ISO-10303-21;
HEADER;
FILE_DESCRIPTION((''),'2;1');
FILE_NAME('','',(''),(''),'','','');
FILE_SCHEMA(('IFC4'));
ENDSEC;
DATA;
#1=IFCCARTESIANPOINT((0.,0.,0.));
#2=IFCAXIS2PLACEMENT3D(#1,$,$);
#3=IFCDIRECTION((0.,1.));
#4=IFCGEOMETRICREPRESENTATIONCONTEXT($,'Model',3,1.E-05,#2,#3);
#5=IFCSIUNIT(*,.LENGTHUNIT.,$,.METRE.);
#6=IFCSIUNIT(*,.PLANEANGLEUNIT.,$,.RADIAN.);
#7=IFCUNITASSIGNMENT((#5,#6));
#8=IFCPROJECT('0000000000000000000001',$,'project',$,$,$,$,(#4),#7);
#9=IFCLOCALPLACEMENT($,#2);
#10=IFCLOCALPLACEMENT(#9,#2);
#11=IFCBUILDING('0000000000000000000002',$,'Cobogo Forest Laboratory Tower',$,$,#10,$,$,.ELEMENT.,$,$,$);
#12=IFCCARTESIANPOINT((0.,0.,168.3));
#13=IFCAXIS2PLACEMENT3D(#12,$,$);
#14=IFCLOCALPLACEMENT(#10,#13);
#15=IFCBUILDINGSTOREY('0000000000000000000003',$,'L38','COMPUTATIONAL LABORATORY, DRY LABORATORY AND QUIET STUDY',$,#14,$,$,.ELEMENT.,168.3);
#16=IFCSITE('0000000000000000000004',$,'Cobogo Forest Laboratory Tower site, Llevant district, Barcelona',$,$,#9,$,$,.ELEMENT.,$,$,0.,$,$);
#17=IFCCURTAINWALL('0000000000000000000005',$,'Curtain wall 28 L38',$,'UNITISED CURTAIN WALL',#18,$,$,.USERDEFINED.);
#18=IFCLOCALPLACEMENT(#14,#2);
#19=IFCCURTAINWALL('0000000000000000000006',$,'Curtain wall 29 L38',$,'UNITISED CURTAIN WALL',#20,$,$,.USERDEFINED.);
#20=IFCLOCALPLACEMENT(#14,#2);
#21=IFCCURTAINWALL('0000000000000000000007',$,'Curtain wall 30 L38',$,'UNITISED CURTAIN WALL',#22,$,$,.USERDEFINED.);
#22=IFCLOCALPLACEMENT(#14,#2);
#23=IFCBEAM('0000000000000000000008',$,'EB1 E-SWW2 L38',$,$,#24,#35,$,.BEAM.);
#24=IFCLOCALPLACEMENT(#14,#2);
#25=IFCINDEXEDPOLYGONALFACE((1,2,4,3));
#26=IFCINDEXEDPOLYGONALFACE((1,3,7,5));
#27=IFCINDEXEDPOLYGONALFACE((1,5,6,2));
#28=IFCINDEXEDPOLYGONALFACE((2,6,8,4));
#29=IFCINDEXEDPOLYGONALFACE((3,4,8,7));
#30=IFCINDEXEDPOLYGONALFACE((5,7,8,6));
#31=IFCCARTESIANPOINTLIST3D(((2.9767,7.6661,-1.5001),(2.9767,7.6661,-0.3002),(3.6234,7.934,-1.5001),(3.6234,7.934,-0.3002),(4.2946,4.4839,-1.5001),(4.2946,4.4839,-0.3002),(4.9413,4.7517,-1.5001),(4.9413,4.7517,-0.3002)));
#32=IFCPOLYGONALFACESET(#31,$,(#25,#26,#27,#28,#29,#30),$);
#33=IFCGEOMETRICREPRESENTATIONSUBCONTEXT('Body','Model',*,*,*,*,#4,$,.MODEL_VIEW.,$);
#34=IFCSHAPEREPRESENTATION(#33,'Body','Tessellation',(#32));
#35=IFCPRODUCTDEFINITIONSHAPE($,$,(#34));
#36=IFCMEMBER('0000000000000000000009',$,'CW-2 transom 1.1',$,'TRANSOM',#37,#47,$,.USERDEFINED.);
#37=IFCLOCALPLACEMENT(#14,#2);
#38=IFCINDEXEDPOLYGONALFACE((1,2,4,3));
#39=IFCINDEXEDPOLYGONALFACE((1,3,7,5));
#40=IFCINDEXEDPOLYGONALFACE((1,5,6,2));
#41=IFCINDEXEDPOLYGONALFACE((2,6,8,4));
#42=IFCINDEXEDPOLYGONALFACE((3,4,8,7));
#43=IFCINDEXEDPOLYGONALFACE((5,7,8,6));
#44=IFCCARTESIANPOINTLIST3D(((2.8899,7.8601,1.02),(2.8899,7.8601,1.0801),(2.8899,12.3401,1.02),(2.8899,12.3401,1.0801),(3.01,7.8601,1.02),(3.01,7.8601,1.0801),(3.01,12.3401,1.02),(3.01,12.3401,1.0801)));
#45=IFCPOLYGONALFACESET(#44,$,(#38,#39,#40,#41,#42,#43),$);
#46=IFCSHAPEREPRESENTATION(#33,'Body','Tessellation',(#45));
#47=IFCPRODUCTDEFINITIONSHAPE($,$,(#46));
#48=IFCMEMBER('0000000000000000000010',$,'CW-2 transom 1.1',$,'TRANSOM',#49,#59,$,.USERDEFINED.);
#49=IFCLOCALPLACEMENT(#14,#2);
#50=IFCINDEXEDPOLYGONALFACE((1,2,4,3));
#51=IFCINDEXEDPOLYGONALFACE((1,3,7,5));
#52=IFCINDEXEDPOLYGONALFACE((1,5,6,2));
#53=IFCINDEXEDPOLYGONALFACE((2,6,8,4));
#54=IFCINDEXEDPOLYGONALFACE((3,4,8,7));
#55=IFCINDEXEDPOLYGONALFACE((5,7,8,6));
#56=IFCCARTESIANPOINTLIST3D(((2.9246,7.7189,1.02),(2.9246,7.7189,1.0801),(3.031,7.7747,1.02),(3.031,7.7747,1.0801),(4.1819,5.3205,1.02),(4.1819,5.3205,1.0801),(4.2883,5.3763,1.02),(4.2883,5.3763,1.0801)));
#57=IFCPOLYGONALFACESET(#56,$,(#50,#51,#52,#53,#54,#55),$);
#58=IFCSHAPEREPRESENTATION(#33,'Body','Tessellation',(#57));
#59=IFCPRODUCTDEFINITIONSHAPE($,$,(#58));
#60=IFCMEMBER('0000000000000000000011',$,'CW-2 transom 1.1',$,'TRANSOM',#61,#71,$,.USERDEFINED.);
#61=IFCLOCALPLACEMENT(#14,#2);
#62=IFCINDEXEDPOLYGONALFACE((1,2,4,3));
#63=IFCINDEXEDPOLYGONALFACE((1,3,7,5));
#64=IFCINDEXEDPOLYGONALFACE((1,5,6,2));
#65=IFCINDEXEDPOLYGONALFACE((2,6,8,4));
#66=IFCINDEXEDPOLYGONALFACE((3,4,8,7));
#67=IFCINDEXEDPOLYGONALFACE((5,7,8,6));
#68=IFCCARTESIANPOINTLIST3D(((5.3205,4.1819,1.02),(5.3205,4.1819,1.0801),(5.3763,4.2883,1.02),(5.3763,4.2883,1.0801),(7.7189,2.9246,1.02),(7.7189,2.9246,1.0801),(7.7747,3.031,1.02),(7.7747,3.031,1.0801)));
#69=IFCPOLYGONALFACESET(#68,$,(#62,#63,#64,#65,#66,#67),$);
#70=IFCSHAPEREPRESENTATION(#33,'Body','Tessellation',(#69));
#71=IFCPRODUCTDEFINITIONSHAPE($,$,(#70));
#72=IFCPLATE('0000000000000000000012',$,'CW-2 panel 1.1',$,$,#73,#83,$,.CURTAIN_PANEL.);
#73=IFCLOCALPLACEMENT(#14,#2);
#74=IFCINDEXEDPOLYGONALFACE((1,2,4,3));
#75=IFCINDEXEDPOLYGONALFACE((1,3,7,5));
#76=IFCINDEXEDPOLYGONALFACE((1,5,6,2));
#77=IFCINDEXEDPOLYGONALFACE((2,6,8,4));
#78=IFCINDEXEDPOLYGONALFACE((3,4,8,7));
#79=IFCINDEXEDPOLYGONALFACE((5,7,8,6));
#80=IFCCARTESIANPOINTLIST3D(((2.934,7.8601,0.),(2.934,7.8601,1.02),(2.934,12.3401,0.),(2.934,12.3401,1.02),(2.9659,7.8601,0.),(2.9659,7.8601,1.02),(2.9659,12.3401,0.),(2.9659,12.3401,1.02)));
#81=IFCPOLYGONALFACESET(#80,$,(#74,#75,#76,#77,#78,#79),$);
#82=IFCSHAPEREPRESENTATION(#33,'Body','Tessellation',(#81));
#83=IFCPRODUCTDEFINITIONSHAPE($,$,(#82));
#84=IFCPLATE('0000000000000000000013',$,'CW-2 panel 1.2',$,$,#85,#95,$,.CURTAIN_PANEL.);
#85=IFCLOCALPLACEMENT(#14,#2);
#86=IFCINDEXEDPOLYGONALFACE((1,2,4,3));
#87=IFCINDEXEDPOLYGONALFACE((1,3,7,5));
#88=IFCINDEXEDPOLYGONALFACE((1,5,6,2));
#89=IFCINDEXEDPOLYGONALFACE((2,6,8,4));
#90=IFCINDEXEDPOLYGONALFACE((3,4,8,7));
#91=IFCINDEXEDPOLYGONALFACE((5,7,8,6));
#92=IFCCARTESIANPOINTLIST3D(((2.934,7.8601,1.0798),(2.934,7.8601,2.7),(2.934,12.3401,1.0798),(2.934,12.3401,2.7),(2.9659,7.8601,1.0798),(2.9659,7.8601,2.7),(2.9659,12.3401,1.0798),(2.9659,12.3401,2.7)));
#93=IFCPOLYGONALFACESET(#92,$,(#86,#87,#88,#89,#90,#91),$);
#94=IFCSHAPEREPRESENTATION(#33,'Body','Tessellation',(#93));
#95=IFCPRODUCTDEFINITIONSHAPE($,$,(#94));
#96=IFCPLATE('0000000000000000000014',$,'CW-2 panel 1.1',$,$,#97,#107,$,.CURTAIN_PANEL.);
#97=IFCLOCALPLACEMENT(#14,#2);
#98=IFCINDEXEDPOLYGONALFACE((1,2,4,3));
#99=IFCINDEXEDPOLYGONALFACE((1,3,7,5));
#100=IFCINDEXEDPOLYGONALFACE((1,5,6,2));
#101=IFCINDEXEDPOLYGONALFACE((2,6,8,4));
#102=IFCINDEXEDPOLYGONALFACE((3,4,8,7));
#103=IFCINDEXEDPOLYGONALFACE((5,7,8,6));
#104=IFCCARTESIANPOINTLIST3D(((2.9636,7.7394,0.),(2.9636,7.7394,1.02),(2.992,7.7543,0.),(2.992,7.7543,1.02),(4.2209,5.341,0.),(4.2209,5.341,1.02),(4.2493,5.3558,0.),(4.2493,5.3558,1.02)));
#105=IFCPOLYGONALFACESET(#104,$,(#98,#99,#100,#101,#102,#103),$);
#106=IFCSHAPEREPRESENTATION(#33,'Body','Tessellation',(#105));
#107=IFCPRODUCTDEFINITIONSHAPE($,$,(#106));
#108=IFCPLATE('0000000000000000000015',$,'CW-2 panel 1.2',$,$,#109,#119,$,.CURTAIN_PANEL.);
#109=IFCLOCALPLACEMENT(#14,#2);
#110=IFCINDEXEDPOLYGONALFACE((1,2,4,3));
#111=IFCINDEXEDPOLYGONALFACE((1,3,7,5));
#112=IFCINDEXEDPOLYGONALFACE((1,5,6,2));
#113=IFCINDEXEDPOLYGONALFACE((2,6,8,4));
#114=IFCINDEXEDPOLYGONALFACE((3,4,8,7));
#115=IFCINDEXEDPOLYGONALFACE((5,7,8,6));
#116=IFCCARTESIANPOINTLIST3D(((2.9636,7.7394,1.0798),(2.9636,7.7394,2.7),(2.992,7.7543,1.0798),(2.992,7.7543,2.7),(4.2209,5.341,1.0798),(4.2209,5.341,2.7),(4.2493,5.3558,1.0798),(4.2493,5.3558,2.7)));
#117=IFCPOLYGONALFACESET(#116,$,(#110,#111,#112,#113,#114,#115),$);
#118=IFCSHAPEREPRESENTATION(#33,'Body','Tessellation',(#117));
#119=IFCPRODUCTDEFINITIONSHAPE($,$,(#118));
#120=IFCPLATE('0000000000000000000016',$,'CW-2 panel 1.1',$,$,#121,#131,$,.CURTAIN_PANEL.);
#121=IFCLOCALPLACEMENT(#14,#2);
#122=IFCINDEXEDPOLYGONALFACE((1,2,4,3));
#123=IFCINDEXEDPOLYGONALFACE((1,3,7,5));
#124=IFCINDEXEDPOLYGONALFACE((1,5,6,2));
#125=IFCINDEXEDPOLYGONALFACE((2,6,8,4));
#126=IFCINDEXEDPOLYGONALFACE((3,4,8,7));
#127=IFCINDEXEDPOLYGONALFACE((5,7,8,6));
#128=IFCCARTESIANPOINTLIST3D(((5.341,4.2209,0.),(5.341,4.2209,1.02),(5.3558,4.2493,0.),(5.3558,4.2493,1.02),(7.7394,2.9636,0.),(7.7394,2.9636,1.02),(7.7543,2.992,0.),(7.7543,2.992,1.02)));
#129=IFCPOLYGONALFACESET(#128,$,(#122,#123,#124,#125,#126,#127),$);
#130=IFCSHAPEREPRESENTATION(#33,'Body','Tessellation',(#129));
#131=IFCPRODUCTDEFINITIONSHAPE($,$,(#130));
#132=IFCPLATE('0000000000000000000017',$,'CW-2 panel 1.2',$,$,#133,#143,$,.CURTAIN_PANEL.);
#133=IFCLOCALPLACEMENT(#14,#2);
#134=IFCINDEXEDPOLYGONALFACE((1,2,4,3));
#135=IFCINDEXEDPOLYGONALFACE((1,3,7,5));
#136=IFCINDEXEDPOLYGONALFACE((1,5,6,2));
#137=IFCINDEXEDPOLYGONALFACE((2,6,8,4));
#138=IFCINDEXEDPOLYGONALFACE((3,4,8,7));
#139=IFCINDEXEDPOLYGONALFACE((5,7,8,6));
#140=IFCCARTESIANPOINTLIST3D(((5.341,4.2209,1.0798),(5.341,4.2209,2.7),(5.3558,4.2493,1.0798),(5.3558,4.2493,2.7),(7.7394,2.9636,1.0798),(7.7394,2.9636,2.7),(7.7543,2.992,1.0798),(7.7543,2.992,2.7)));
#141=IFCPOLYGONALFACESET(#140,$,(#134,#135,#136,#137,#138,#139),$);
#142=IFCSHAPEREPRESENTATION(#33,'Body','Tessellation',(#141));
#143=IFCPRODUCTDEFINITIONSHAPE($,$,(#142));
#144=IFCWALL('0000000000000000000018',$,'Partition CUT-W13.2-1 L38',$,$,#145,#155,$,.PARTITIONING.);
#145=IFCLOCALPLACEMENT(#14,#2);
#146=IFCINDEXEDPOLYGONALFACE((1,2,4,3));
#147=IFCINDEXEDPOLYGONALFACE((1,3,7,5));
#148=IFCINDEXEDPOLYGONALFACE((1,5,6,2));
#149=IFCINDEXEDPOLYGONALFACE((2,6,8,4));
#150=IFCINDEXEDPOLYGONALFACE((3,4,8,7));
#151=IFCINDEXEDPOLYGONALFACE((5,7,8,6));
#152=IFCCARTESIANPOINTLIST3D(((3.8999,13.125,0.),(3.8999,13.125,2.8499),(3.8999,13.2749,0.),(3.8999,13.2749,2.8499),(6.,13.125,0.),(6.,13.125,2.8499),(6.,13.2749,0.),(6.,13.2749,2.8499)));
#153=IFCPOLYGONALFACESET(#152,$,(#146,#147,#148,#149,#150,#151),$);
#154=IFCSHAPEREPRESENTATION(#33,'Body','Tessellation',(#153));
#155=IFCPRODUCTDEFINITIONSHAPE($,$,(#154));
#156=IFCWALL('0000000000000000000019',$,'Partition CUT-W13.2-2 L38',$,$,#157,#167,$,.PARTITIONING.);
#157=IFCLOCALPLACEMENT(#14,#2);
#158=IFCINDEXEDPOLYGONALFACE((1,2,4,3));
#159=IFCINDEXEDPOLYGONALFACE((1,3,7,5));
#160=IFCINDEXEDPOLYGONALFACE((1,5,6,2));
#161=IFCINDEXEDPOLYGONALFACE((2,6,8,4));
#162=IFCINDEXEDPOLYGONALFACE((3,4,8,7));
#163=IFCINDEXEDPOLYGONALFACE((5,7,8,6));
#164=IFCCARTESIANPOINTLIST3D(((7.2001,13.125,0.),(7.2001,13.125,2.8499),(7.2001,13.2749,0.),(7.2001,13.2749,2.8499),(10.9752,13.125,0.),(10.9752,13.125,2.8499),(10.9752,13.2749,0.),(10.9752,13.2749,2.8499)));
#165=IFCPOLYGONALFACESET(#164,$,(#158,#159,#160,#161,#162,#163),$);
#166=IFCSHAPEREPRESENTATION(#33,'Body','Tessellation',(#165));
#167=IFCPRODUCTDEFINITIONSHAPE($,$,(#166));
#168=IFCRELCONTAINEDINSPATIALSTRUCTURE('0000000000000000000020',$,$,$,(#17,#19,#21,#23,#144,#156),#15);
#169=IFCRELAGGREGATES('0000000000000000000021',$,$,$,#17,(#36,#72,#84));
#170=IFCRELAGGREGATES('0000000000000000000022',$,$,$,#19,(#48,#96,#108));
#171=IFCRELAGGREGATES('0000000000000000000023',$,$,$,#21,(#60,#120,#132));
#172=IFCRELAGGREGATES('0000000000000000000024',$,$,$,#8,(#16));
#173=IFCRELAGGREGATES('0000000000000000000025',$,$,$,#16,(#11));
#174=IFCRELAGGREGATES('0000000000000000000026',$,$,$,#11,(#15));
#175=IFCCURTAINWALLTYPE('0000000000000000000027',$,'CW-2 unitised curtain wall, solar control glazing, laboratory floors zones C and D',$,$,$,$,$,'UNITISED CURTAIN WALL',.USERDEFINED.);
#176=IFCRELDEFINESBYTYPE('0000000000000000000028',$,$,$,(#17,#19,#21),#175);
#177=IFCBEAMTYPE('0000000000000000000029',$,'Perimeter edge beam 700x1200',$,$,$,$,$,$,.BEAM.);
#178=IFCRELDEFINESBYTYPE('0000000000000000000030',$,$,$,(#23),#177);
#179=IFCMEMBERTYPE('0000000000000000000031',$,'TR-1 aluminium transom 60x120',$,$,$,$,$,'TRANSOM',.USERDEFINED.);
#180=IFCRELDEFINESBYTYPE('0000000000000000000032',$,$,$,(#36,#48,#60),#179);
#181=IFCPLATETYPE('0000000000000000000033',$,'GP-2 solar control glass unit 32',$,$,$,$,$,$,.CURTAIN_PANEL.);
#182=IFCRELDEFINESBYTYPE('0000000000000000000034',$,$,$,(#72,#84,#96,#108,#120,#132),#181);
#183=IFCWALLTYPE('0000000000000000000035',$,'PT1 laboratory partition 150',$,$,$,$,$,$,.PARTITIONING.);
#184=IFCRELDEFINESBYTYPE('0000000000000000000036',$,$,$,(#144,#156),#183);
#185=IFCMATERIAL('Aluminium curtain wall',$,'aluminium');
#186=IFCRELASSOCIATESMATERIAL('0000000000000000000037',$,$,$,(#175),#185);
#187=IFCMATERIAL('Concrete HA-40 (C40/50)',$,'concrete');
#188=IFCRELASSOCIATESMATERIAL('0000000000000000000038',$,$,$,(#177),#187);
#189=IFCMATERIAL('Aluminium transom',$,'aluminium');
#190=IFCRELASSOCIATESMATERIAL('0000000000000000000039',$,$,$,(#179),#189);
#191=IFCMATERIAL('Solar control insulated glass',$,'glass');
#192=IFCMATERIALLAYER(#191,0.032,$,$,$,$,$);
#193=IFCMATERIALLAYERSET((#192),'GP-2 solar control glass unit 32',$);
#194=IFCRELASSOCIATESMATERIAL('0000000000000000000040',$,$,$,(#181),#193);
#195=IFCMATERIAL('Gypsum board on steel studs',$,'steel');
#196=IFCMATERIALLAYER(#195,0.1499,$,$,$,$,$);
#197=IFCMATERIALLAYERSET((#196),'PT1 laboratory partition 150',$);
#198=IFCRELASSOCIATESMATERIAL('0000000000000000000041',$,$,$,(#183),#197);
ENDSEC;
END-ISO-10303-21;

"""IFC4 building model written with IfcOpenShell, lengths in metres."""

from ifc_helpers import new_model, si_unit, direction, frame, frame_2d, origin, origin_2d, place, context, subcontext, project, spatial, rectangle, extrude, material, layer, layer_set, material_profile, profile_set, type_object, element, aggregate, save


model = new_model("IFC4")

# Units and contexts
model_context = context("Model", 3, precision=1e-05, world=origin(), true_north=direction((0.0, 1.0)))
body_context = subcontext(model_context, "Body", "Model", "MODEL_VIEW")
ifc_project = project(units=[si_unit("LENGTHUNIT", "METRE"), si_unit("PLANEANGLEUNIT", "RADIAN")], contexts=[model_context])

# Site, building, storey
site_placement = place(None, origin())
site = spatial("IfcSite", under=ifc_project, at=site_placement, Name="Cobogo Forest Laboratory Tower site, Llevant district, Barcelona", CompositionType="ELEMENT", RefElevation=0.0)
building_placement = place(site_placement, origin())
building = spatial("IfcBuilding", under=site, at=building_placement, Name="Cobogo Forest Laboratory Tower", CompositionType="ELEMENT")
storey_placement = place(building_placement, frame((0.0, 0.0, 168.3)))
storey = spatial("IfcBuildingStorey", under=building, at=storey_placement, Name="L38", Description="COMPUTATIONAL LABORATORY, DRY LABORATORY AND QUIET STUDY", CompositionType="ELEMENT", Elevation=168.3)

# Shared definitions
ifc_material_1 = material(Name="Concrete HA-40 (C40/50)", Category="concrete")

# Curtain wall
ifc_material_2 = material(Name="Aluminium curtain wall", Category="aluminium")
curtain_wall_type = type_object("IfcCurtainWallType", Name="CW-2 unitised curtain wall, solar control glazing, laboratory floors zones C and D", ElementType="UNITISED CURTAIN WALL", PredefinedType="USERDEFINED", material=ifc_material_2)
curtain_wall_1_placement = place(storey_placement, origin())
curtain_wall_1 = element("IfcCurtainWall", 1, at=curtain_wall_1_placement, inside=storey, type_object=curtain_wall_type, Name="Curtain wall 28 L38", ObjectType="UNITISED CURTAIN WALL", PredefinedType="USERDEFINED")

# Curtain walls
curtain_wall_2_placement = place(storey_placement, origin())
curtain_wall_2 = element("IfcCurtainWall", 2, at=curtain_wall_2_placement, inside=storey, type_object=curtain_wall_type, Name="Curtain wall 29 L38", ObjectType="UNITISED CURTAIN WALL", PredefinedType="USERDEFINED")
curtain_wall_3_placement = place(storey_placement, origin())
curtain_wall_3 = element("IfcCurtainWall", 3, at=curtain_wall_3_placement, inside=storey, type_object=curtain_wall_type, Name="Curtain wall 30 L38", ObjectType="UNITISED CURTAIN WALL", PredefinedType="USERDEFINED")

# Beam
ifc_material_profile_1 = material_profile(ifc_material_1, rectangle(XDim=0.7, YDim=1.2, at=origin_2d()), Name="RC 700x1200")
ifc_profile_set_1 = profile_set([ifc_material_profile_1], Name="Concrete HA-40 (C40/50)")
beam_type_1 = type_object("IfcBeamType", Name="Perimeter edge beam 700x1200", PredefinedType="BEAM", material=ifc_profile_set_1)
beam_1_placement = place(storey_placement, frame((3.3, 7.8, -0.9001), z_axis=(0.382631, -0.923901, 0.0), x_axis=(0.923901, 0.382631, 0.0)))
element("IfcBeam", 4, at=beam_1_placement, inside=storey, type_object=beam_type_1, Name="EB1 E-SWW2 L38", PredefinedType="BEAM", context=body_context, shape_type="SweptSolid", body=[
    extrude(rectangle(XDim=0.7, YDim=1.2, at=origin_2d()), origin(), (0.0, 0.0, 1.0), 3.4443),
])

# Members
ifc_material_3 = material(Name="Aluminium transom", Category="aluminium")
ifc_material_profile_2 = material_profile(ifc_material_3, rectangle(XDim=0.1201, YDim=0.0601, at=origin_2d()), Name="AL 60x120")
ifc_profile_set_2 = profile_set([ifc_material_profile_2], Name="Aluminium transom")
member_type_1 = type_object("IfcMemberType", Name="TR-1 aluminium transom 60x120", ElementType="TRANSOM", PredefinedType="USERDEFINED", material=ifc_profile_set_2)
member_1_placement = place(storey_placement, frame((2.95, 12.3401, 1.05), z_axis=(0.0, -1.0, 0.0), x_axis=(1.0, 0.0, 0.0)))
member_1 = element("IfcMember", 5, at=member_1_placement, type_object=member_type_1, Name="CW-2 transom 1.1", ObjectType="TRANSOM", PredefinedType="USERDEFINED", context=body_context, shape_type="SweptSolid", body=[
    extrude(rectangle(XDim=0.1201, YDim=0.0601, at=origin_2d()), origin(), (0.0, 0.0, 1.0), 4.48),
])
member_2_placement = place(storey_placement, frame((2.9778, 7.7468, 1.05), z_axis=(0.464297, -0.88568, 0.0), x_axis=(0.88568, 0.464297, 0.0)))
member_2 = element("IfcMember", 6, at=member_2_placement, type_object=member_type_1, Name="CW-2 transom 1.1", ObjectType="TRANSOM", PredefinedType="USERDEFINED", context=body_context, shape_type="SweptSolid", body=[
    extrude(rectangle(XDim=0.1201, YDim=0.0601, at=origin_2d()), origin(), (0.0, 0.0, 1.0), 2.708),
])
member_3_placement = place(storey_placement, frame((5.3484, 4.2351, 1.05), z_axis=(0.88568, -0.464297, 0.0), x_axis=(0.464297, 0.88568, 0.0)))
member_3 = element("IfcMember", 7, at=member_3_placement, type_object=member_type_1, Name="CW-2 transom 1.1", ObjectType="TRANSOM", PredefinedType="USERDEFINED", context=body_context, shape_type="SweptSolid", body=[
    extrude(rectangle(XDim=0.1201, YDim=0.0601, at=origin_2d()), origin(), (0.0, 0.0, 1.0), 2.708),
])

# Plates
ifc_material_4 = material(Name="Solar control insulated glass", Category="glass")
ifc_layer_1 = layer(ifc_material_4, 0.032)
ifc_layer_set_1 = layer_set([ifc_layer_1], Name="GP-2 solar control glass unit 32")
plate_type = type_object("IfcPlateType", Name="GP-2 solar control glass unit 32", PredefinedType="CURTAIN_PANEL", material=ifc_layer_set_1)
plate_1_placement = place(storey_placement, frame((2.95, 10.1001, 0.0), z_axis=(0.0, 0.0, 1.0), x_axis=(0.0, -1.0, 0.0)))
plate_1 = element("IfcPlate", 8, at=plate_1_placement, type_object=plate_type, Name="CW-2 panel 1.1", PredefinedType="CURTAIN_PANEL", context=body_context, shape_type="SweptSolid", body=[
    extrude(rectangle(XDim=4.48, YDim=0.032, at=origin_2d()), origin(), (0.0, 0.0, 1.0), 1.02),
])
plate_2_placement = place(storey_placement, frame((2.95, 10.1001, 1.0798), z_axis=(0.0, 0.0, 1.0), x_axis=(0.0, -1.0, 0.0)))
plate_2 = element("IfcPlate", 9, at=plate_2_placement, type_object=plate_type, Name="CW-2 panel 1.2", PredefinedType="CURTAIN_PANEL", context=body_context, shape_type="SweptSolid", body=[
    extrude(rectangle(XDim=4.48, YDim=0.032, at=origin_2d()), origin(), (0.0, 0.0, 1.0), 1.6201),
])
aggregate(curtain_wall_1, [member_1, plate_1, plate_2])
plate_3_placement = place(storey_placement, frame((3.6064, 6.5476, 0.0), z_axis=(0.0, 0.0, 1.0), x_axis=(0.464284, -0.885686, 0.0)))
plate_3 = element("IfcPlate", 10, at=plate_3_placement, type_object=plate_type, Name="CW-2 panel 1.1", PredefinedType="CURTAIN_PANEL", context=body_context, shape_type="SweptSolid", body=[
    extrude(rectangle(XDim=2.708, YDim=0.032, at=origin_2d()), origin(), (0.0, 0.0, 1.0), 1.02),
])
plate_4_placement = place(storey_placement, frame((3.6064, 6.5476, 1.0798), z_axis=(0.0, 0.0, 1.0), x_axis=(0.464284, -0.885686, 0.0)))
plate_4 = element("IfcPlate", 11, at=plate_4_placement, type_object=plate_type, Name="CW-2 panel 1.2", PredefinedType="CURTAIN_PANEL", context=body_context, shape_type="SweptSolid", body=[
    extrude(rectangle(XDim=2.708, YDim=0.032, at=origin_2d()), origin(), (0.0, 0.0, 1.0), 1.6201),
])
aggregate(curtain_wall_2, [member_2, plate_3, plate_4])
plate_5_placement = place(storey_placement, frame((6.5476, 3.6064, 0.0), z_axis=(0.0, 0.0, 1.0), x_axis=(0.885686, -0.464284, 0.0)))
plate_5 = element("IfcPlate", 12, at=plate_5_placement, type_object=plate_type, Name="CW-2 panel 1.1", PredefinedType="CURTAIN_PANEL", context=body_context, shape_type="SweptSolid", body=[
    extrude(rectangle(XDim=2.708, YDim=0.032, at=origin_2d()), origin(), (0.0, 0.0, 1.0), 1.02),
])
plate_6_placement = place(storey_placement, frame((6.5476, 3.6064, 1.0798), z_axis=(0.0, 0.0, 1.0), x_axis=(0.885686, -0.464284, 0.0)))
plate_6 = element("IfcPlate", 13, at=plate_6_placement, type_object=plate_type, Name="CW-2 panel 1.2", PredefinedType="CURTAIN_PANEL", context=body_context, shape_type="SweptSolid", body=[
    extrude(rectangle(XDim=2.708, YDim=0.032, at=origin_2d()), origin(), (0.0, 0.0, 1.0), 1.6201),
])
aggregate(curtain_wall_3, [member_3, plate_5, plate_6])

# Walls
ifc_material_5 = material(Name="Gypsum board on steel studs", Category="steel")
ifc_layer_2 = layer(ifc_material_5, 0.1499)
ifc_layer_set_2 = layer_set([ifc_layer_2], Name="PT1 laboratory partition 150")
wall_type = type_object("IfcWallType", Name="PT1 laboratory partition 150", PredefinedType="PARTITIONING", material=ifc_layer_set_2)
wall_1_placement = place(storey_placement, frame((3.8999, 13.2, 0.0), z_axis=(0.0, 0.0, 1.0), x_axis=(1.0, 0.0, 0.0)))
element("IfcWall", 14, at=wall_1_placement, inside=storey, type_object=wall_type, Name="Partition CUT-W13.2-1 L38", PredefinedType="PARTITIONING", context=body_context, shape_type="SweptSolid", body=[
    extrude(rectangle(XDim=2.1001, YDim=0.1499, at=frame_2d((1.05, 0.0))), origin(), (0.0, 0.0, 1.0), 2.8499),
])
wall_2_placement = place(storey_placement, frame((7.2, 13.2, 0.0), z_axis=(0.0, 0.0, 1.0), x_axis=(1.0, 0.0, 0.0)))
element("IfcWall", 15, at=wall_2_placement, inside=storey, type_object=wall_type, Name="Partition CUT-W13.2-2 L38", PredefinedType="PARTITIONING", context=body_context, shape_type="SweptSolid", body=[
    extrude(rectangle(XDim=3.7751, YDim=0.1499, at=frame_2d((1.8877, 0.0))), origin(), (0.0, 0.0, 1.0), 2.8499),
])

save(model, "model.ifc")
